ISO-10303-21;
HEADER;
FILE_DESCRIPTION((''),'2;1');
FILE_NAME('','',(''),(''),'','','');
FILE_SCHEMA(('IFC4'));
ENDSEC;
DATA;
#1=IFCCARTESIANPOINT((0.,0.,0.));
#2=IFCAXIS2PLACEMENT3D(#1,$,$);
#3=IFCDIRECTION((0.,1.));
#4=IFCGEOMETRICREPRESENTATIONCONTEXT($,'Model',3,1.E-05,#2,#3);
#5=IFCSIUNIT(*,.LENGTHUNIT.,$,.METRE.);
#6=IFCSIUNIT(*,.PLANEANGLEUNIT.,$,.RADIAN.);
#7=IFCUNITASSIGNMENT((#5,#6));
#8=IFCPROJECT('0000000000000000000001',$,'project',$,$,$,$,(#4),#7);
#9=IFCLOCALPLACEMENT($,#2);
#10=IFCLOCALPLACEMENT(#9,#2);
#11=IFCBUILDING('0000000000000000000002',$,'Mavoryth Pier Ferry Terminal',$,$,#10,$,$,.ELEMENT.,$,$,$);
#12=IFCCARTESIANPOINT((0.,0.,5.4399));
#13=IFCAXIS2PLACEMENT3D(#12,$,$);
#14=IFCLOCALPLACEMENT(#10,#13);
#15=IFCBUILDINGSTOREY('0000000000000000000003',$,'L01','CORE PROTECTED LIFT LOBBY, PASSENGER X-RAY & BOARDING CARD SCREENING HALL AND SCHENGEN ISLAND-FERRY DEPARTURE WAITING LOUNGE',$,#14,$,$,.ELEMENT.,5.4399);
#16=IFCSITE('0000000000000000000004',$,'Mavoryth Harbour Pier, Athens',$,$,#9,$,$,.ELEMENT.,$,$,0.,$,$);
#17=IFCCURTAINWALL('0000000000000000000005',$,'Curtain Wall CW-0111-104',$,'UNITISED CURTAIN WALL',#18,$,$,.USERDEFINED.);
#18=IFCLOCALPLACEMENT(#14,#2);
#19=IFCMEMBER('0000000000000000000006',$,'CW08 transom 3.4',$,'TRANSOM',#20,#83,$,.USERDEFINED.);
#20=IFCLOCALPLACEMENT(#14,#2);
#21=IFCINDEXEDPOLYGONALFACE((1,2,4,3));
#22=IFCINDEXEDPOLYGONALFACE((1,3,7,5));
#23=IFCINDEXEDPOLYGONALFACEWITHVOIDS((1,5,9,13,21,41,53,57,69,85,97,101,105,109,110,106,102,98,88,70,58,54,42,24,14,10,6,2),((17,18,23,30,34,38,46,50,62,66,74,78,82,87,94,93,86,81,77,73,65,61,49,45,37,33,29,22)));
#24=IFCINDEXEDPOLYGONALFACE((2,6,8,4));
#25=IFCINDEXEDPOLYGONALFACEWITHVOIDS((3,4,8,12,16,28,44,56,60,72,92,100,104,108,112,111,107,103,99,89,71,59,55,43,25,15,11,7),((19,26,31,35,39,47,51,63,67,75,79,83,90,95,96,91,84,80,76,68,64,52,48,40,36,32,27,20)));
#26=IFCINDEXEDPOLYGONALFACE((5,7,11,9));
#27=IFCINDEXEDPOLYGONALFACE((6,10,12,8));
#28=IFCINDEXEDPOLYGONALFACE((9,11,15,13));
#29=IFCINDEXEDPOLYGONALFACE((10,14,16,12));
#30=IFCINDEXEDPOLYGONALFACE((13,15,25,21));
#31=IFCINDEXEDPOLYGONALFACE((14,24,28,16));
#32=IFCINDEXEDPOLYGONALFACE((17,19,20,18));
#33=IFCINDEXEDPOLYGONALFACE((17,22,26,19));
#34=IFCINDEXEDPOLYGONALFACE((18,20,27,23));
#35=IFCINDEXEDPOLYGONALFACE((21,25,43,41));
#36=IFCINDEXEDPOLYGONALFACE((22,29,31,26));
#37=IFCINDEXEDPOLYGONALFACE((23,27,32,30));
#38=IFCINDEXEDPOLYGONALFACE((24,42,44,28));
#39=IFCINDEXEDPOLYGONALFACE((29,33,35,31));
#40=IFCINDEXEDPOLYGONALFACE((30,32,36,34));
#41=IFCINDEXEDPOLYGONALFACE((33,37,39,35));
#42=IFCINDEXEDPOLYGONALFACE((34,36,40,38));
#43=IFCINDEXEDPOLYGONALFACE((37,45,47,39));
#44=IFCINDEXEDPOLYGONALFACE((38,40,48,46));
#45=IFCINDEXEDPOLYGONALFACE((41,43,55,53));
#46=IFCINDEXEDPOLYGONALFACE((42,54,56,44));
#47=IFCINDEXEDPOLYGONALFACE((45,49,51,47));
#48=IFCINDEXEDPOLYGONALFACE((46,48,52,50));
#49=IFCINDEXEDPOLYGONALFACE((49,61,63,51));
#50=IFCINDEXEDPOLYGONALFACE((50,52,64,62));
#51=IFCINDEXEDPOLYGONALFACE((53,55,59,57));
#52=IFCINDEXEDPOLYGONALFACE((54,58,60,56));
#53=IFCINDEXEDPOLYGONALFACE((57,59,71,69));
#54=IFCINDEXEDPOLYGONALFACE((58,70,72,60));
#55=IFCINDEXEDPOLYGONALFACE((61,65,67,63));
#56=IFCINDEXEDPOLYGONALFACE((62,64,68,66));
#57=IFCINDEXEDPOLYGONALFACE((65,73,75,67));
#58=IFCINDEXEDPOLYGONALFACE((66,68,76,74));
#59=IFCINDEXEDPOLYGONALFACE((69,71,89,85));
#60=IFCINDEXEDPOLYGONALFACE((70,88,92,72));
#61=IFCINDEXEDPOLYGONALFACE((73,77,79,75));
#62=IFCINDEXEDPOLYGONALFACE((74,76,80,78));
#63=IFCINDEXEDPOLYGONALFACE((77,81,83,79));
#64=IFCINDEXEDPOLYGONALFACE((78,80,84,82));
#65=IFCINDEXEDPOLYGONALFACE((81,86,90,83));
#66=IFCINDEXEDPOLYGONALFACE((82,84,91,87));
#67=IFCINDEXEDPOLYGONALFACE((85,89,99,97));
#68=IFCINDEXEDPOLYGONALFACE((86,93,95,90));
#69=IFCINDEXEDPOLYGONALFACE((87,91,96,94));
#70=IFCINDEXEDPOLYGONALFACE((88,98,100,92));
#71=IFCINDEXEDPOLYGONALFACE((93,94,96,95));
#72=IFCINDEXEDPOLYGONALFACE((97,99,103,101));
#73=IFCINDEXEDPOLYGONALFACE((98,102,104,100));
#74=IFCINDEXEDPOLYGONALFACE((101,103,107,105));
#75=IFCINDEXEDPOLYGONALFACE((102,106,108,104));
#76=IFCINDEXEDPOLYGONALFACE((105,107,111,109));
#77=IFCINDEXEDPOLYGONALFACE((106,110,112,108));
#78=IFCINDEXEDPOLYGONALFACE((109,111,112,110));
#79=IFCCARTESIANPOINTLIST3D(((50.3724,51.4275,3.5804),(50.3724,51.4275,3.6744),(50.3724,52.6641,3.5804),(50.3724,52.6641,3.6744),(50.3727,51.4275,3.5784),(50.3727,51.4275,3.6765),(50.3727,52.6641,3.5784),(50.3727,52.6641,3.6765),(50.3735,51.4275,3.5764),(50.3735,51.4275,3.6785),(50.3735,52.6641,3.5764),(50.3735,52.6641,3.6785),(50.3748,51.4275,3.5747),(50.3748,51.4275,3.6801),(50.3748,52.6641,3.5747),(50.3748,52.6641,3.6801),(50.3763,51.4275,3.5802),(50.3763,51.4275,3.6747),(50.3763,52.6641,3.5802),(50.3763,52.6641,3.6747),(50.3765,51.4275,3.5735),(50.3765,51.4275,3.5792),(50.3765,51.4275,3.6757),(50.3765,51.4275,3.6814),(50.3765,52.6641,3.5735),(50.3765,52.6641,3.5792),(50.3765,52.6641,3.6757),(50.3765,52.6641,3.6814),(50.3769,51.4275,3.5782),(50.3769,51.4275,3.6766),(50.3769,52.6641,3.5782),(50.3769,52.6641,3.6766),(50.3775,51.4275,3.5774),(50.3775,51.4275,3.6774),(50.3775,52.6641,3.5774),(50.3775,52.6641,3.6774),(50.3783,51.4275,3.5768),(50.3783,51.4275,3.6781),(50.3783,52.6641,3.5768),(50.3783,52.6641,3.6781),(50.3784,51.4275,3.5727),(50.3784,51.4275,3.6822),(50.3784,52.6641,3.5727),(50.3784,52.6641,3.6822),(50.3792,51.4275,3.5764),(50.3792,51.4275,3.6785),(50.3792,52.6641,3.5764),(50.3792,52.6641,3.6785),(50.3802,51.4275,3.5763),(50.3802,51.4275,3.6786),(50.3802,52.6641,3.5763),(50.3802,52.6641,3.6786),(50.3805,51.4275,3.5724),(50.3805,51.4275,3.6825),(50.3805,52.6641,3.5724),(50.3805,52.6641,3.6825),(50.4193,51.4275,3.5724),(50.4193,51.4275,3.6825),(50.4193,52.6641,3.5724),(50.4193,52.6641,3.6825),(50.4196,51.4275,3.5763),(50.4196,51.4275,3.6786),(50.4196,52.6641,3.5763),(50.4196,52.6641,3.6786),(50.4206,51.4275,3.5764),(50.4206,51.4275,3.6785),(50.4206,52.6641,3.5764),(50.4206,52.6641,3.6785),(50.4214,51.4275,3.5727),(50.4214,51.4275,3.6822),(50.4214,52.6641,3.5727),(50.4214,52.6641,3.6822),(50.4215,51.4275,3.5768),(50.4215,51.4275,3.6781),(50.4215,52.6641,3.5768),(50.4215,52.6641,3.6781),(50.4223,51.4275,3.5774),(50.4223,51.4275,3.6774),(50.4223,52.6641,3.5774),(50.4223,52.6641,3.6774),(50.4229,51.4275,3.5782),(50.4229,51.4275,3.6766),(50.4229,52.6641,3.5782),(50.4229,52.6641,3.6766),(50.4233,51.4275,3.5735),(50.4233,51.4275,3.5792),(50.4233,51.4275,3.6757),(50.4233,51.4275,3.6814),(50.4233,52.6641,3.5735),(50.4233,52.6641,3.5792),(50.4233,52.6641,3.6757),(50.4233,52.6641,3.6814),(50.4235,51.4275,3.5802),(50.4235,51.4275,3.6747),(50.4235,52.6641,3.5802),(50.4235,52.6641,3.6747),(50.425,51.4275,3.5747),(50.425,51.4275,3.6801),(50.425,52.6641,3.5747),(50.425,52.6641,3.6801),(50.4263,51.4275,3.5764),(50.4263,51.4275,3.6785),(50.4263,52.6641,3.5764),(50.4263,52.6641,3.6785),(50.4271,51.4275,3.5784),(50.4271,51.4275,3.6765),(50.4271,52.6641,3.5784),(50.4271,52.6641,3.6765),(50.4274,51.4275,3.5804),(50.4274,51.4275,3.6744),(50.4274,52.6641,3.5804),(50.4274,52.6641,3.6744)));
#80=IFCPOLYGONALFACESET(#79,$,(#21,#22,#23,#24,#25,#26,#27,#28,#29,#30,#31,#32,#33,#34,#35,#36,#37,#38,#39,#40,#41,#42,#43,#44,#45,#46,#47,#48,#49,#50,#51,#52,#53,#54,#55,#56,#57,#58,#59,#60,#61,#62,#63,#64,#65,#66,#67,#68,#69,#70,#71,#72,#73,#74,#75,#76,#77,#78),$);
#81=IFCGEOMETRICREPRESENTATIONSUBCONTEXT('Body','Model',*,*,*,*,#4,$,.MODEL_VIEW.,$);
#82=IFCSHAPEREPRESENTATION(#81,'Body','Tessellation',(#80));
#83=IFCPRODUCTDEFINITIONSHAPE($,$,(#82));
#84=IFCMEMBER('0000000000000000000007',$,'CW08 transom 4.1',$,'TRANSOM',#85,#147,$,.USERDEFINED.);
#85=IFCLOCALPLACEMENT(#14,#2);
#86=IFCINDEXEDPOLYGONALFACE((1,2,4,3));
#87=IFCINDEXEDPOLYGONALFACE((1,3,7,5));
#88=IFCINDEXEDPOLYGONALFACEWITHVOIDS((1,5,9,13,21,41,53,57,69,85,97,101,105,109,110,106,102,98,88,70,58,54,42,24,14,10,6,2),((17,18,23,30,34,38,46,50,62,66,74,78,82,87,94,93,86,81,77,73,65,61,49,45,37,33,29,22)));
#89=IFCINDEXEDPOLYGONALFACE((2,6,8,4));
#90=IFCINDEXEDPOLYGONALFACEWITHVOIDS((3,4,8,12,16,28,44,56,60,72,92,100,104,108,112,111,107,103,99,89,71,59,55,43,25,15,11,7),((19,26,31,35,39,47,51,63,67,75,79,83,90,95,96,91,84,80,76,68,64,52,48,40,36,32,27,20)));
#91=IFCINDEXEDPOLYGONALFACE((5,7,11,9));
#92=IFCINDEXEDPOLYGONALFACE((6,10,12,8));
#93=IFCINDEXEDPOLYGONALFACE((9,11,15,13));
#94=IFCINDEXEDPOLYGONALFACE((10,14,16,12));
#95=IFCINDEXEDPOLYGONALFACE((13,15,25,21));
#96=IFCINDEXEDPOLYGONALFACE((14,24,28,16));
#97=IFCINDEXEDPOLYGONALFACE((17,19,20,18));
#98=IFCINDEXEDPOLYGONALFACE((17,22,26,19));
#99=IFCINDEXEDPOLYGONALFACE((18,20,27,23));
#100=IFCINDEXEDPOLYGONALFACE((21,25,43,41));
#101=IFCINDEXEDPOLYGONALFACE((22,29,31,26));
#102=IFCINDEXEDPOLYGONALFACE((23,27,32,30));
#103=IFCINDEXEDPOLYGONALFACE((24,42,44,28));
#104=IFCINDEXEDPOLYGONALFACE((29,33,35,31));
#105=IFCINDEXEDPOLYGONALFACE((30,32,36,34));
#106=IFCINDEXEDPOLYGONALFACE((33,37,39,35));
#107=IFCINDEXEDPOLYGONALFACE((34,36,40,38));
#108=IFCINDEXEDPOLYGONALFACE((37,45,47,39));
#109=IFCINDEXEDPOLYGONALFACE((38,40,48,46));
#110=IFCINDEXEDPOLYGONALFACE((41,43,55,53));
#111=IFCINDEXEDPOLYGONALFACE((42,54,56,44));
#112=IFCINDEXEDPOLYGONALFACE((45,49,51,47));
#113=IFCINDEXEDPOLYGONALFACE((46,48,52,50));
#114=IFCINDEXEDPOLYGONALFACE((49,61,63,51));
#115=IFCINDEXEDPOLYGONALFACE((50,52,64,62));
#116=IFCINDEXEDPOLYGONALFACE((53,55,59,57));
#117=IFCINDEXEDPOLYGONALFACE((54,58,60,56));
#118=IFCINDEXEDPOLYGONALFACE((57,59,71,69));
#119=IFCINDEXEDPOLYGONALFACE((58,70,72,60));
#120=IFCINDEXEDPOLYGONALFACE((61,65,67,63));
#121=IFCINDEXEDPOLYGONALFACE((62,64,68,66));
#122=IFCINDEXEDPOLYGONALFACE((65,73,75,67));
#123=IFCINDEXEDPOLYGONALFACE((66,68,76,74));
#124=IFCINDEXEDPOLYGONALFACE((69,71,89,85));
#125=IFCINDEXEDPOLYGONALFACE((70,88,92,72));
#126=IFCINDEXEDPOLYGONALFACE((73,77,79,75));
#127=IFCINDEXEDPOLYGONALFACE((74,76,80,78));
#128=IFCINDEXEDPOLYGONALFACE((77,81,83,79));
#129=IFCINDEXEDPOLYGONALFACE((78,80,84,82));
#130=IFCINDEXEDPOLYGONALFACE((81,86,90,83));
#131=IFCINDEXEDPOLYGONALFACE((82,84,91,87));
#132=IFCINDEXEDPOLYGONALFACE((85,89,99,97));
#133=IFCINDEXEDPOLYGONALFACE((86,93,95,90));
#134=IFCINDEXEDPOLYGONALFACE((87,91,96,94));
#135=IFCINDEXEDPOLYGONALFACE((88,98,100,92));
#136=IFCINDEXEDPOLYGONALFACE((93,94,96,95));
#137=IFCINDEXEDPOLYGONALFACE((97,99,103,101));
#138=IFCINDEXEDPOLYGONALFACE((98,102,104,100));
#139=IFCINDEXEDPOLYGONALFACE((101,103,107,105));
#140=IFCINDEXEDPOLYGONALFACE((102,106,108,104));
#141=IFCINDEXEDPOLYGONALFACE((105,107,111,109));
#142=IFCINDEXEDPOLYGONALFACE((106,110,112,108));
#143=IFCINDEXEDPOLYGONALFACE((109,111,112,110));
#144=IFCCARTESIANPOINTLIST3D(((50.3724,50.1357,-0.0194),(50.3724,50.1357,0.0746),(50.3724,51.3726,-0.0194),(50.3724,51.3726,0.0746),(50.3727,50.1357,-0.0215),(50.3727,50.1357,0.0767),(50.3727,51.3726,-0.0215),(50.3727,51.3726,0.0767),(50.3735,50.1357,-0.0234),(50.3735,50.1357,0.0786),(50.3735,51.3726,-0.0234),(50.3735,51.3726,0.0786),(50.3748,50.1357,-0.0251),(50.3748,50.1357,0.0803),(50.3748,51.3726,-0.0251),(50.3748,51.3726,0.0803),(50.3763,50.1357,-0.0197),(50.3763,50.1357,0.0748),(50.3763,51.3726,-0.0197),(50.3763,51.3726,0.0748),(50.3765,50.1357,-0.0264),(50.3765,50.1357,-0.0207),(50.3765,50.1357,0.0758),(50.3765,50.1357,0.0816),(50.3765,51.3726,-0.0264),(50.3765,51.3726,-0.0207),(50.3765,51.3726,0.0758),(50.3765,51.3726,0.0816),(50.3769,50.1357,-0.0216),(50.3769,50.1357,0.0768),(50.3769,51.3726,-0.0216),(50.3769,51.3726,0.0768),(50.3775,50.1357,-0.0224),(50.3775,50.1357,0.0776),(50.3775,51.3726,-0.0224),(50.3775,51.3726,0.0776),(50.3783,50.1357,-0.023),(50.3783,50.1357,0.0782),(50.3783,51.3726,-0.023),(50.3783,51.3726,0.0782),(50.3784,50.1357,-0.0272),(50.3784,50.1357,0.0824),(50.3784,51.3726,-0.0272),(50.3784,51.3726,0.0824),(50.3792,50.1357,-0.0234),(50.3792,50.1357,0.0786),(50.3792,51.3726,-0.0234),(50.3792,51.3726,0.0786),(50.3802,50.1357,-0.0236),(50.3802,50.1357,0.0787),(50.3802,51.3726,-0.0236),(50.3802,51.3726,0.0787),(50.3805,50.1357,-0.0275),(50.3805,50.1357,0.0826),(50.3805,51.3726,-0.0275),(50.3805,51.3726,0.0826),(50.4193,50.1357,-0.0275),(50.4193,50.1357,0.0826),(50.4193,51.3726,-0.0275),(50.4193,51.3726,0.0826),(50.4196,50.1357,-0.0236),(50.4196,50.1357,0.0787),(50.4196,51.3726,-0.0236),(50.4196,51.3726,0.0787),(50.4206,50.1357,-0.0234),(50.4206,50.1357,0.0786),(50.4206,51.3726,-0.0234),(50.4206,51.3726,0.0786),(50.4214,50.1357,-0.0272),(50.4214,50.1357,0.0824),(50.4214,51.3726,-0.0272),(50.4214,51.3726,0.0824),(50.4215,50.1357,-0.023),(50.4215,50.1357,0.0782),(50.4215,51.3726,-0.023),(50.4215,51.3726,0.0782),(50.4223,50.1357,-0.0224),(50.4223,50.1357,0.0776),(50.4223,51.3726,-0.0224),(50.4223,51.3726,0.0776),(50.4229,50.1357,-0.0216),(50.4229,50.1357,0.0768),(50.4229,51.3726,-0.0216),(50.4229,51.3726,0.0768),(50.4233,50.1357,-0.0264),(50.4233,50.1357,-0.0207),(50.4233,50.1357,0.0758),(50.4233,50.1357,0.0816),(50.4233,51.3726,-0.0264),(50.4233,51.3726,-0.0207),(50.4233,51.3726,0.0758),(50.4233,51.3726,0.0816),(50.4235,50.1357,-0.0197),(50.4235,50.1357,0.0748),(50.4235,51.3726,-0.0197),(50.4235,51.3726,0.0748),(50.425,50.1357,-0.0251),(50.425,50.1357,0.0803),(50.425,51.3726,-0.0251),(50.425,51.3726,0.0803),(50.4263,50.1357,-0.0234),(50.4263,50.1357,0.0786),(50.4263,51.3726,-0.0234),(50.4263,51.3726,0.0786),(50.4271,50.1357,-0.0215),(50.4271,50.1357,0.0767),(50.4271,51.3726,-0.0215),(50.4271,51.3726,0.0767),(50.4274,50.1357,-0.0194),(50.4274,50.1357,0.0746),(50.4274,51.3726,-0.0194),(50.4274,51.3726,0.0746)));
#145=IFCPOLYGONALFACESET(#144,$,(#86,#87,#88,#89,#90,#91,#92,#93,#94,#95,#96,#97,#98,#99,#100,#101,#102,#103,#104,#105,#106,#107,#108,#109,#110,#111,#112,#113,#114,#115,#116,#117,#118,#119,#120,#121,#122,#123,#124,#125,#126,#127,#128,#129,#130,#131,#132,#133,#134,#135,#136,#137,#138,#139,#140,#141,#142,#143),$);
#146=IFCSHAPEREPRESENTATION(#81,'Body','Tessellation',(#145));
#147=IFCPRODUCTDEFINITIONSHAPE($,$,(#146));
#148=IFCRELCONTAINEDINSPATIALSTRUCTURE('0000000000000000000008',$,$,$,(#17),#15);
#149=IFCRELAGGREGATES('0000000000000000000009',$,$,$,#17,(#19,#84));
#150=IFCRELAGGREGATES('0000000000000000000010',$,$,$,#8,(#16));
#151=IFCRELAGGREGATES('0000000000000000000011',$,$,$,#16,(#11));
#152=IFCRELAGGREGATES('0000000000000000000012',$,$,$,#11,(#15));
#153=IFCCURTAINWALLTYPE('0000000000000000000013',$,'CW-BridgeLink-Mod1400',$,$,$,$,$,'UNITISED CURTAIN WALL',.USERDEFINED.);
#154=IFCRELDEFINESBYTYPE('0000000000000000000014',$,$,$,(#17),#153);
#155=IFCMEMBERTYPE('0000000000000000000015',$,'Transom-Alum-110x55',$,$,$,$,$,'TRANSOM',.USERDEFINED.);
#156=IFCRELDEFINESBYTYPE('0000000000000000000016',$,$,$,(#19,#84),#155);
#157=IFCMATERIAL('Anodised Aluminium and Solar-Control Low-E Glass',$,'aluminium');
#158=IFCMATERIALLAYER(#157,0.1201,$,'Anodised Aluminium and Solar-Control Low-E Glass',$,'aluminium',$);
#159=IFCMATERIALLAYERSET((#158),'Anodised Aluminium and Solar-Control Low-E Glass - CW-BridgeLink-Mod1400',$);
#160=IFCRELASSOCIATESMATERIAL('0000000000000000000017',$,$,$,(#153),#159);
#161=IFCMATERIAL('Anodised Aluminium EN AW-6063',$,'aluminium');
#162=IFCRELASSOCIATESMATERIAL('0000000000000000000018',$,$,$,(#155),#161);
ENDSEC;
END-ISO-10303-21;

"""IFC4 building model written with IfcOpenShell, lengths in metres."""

from ifc_helpers import new_model, si_unit, direction, frame, origin, origin_2d, place, context, subcontext, project, spatial, hollow_rectangle, extrude, material, layer, layer_set, material_profile, profile_set, type_object, element, aggregate, save


model = new_model("IFC4")

# Units and contexts
model_context = context("Model", 3, precision=1e-05, world=origin(), true_north=direction((0.0, 1.0)))
body_context = subcontext(model_context, "Body", "Model", "MODEL_VIEW")
ifc_project = project(units=[si_unit("LENGTHUNIT", "METRE"), si_unit("PLANEANGLEUNIT", "RADIAN")], contexts=[model_context])

# Site, building, storey
site_placement = place(None, origin())
site = spatial("IfcSite", under=ifc_project, at=site_placement, Name="Mavoryth Harbour Pier, Athens", CompositionType="ELEMENT", RefElevation=0.0)
building_placement = place(site_placement, origin())
building = spatial("IfcBuilding", under=site, at=building_placement, Name="Mavoryth Pier Ferry Terminal", CompositionType="ELEMENT")
storey_placement = place(building_placement, frame((0.0, 0.0, 5.4399)))
storey = spatial("IfcBuildingStorey", under=building, at=storey_placement, Name="L01", Description="CORE PROTECTED LIFT LOBBY, PASSENGER X-RAY & BOARDING CARD SCREENING HALL AND SCHENGEN ISLAND-FERRY DEPARTURE WAITING LOUNGE", CompositionType="ELEMENT", Elevation=5.4399)

# Curtain wall, members
ifc_material_1 = material(Name="Anodised Aluminium and Solar-Control Low-E Glass", Category="aluminium")
ifc_layer_1 = layer(ifc_material_1, 0.1201, Name="Anodised Aluminium and Solar-Control Low-E Glass", Category="aluminium")
ifc_layer_set_1 = layer_set([ifc_layer_1], Name="Anodised Aluminium and Solar-Control Low-E Glass - CW-BridgeLink-Mod1400")
curtain_wall_type = type_object("IfcCurtainWallType", Name="CW-BridgeLink-Mod1400", ElementType="UNITISED CURTAIN WALL", PredefinedType="USERDEFINED", material=ifc_layer_set_1)
curtain_wall_placement = place(storey_placement, origin())
curtain_wall = element("IfcCurtainWall", 1, at=curtain_wall_placement, inside=storey, type_object=curtain_wall_type, Name="Curtain Wall CW-0111-104", ObjectType="UNITISED CURTAIN WALL", PredefinedType="USERDEFINED")
ifc_material_2 = material(Name="Anodised Aluminium EN AW-6063", Category="aluminium")
ifc_material_profile_1 = material_profile(ifc_material_2, hollow_rectangle(XDim=0.0549, YDim=0.1101, WallThickness=0.0039, InnerFilletRadius=0.0039, OuterFilletRadius=0.0081, at=origin_2d()), Name="AL-TRAN 110x55x4", Category="aluminium")
ifc_profile_set_1 = profile_set([ifc_material_profile_1], Name="Anodised Aluminium EN AW-6063 - AL-TRAN 110x55x4")
member_type_1 = type_object("IfcMemberType", Name="Transom-Alum-110x55", ElementType="TRANSOM", PredefinedType="USERDEFINED", material=ifc_profile_set_1)
member_1_placement = place(storey_placement, frame((50.3999, 52.6641, 3.6274), z_axis=(0.0, -1.0, 0.0), x_axis=(1.0, 0.0, 0.0)))
member_1 = element("IfcMember", 2, at=member_1_placement, type_object=member_type_1, Name="CW08 transom 3.4", ObjectType="TRANSOM", PredefinedType="USERDEFINED", context=body_context, shape_type="SweptSolid", body=[
    extrude(hollow_rectangle(XDim=0.0549, YDim=0.1101, WallThickness=0.0039, InnerFilletRadius=0.0039, OuterFilletRadius=0.0081, at=origin_2d()), origin(), (0.0, 0.0, 1.0), 1.2366),
])
member_2_placement = place(storey_placement, frame((50.3999, 51.3726, 0.0276), z_axis=(0.0, -1.0, 0.0), x_axis=(1.0, 0.0, 0.0)))
member_2 = element("IfcMember", 3, at=member_2_placement, type_object=member_type_1, Name="CW08 transom 4.1", ObjectType="TRANSOM", PredefinedType="USERDEFINED", context=body_context, shape_type="SweptSolid", body=[
    extrude(hollow_rectangle(XDim=0.0549, YDim=0.1101, WallThickness=0.0039, InnerFilletRadius=0.0039, OuterFilletRadius=0.0081, at=origin_2d()), origin(), (0.0, 0.0, 1.0), 1.2368),
])
aggregate(curtain_wall, [member_1, member_2])

save(model, "model.ifc")
